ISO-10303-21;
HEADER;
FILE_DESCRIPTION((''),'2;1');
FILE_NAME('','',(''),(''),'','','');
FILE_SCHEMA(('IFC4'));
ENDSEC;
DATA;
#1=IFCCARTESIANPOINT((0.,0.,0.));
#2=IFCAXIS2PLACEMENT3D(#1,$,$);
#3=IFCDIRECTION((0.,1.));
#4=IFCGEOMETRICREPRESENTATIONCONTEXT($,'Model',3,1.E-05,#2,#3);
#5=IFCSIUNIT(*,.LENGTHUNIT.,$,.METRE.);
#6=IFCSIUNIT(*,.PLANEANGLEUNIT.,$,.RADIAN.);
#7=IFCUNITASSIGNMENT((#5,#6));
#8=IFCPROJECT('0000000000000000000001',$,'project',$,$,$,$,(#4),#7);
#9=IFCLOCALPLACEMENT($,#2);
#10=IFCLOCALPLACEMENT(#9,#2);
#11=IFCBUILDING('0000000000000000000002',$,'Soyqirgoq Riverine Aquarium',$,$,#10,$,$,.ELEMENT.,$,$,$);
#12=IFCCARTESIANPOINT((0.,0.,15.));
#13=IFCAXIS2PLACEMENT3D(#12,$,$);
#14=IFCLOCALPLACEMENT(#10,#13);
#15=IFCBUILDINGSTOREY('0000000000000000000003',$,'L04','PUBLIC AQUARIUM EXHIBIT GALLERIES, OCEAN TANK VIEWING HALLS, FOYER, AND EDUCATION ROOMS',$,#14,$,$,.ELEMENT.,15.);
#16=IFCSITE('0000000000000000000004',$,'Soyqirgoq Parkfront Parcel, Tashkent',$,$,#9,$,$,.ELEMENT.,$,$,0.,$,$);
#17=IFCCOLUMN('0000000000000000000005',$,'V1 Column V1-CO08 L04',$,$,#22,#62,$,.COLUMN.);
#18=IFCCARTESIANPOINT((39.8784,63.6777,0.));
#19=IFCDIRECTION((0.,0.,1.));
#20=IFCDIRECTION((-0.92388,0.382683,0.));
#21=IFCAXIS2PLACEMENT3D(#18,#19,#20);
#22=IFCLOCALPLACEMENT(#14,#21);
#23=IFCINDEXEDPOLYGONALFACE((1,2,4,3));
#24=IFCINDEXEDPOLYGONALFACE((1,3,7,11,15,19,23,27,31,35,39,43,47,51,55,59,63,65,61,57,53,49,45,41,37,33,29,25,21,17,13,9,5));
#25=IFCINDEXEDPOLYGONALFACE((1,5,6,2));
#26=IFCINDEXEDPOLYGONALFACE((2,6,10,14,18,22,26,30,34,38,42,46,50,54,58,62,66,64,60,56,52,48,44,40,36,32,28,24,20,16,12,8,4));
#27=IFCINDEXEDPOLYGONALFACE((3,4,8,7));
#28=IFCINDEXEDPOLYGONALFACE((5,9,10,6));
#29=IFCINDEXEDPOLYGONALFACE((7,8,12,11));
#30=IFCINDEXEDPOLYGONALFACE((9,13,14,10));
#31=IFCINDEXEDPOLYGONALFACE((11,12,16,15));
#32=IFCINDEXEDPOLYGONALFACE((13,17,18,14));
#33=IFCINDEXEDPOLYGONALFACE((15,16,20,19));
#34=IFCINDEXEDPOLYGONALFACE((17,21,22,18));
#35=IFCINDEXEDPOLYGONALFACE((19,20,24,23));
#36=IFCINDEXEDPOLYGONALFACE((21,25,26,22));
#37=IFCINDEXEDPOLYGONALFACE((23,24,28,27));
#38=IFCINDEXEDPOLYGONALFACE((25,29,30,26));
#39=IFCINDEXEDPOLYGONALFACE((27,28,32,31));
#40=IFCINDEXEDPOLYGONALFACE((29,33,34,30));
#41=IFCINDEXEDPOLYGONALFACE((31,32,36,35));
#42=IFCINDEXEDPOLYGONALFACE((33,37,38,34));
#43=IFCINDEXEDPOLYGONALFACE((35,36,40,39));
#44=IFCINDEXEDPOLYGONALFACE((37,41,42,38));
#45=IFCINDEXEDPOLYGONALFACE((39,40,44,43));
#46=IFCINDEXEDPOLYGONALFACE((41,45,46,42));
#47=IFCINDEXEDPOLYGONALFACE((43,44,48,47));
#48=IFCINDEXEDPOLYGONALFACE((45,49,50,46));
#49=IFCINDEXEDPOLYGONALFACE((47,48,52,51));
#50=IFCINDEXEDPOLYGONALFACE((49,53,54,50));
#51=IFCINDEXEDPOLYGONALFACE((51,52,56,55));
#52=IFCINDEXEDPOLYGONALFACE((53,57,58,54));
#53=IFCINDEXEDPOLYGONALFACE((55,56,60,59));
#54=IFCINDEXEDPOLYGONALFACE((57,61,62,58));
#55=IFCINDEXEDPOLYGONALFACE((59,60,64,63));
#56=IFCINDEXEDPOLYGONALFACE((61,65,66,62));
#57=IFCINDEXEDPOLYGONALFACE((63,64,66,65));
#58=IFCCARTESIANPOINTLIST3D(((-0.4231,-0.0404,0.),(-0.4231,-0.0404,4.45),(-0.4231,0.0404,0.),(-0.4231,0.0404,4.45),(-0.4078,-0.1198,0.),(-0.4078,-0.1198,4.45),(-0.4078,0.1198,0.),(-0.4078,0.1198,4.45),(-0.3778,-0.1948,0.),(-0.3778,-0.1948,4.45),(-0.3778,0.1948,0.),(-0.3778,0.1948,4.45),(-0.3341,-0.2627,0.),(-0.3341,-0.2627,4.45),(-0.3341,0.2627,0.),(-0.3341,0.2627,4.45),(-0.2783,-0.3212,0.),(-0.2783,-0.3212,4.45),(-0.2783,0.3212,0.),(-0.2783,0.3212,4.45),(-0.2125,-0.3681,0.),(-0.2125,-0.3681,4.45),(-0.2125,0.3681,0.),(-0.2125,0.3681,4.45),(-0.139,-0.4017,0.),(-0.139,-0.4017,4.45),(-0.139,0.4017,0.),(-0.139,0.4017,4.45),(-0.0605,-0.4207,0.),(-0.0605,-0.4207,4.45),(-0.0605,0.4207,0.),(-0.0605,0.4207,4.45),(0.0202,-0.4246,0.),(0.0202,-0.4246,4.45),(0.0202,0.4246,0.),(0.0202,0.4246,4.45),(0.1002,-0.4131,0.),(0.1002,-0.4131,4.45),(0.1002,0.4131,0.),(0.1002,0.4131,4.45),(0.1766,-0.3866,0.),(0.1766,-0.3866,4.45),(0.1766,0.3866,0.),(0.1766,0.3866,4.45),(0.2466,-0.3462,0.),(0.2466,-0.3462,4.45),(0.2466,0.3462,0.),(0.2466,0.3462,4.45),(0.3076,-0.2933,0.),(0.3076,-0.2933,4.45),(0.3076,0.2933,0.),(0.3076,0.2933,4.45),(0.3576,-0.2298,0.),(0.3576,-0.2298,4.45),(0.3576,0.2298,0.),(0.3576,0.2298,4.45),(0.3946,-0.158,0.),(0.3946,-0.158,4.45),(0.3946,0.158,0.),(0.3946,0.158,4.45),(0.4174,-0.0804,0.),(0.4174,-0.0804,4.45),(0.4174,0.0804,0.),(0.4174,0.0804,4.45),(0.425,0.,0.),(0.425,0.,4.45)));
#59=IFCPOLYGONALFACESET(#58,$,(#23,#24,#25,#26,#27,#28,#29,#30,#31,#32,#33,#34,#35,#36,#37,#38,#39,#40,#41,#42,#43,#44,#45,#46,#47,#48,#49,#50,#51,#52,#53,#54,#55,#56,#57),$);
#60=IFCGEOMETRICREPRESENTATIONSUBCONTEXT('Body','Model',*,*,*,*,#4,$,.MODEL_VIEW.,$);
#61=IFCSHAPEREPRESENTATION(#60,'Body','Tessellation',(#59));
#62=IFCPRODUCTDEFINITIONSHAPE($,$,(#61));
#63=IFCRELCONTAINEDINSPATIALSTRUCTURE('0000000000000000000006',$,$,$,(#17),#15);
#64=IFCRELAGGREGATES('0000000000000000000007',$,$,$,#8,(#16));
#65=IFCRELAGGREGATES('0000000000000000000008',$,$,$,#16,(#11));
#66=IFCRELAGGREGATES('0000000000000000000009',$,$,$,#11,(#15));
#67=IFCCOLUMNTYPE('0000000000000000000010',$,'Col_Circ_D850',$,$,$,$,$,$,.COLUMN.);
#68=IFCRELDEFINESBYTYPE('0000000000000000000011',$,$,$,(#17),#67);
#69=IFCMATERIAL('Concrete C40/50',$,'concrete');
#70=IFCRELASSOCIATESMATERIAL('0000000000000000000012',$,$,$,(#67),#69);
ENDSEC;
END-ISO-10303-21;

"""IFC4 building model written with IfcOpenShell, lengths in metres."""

from ifc_helpers import new_model, si_unit, direction, frame, origin, origin_2d, place, context, subcontext, project, spatial, circle, extrude, material, material_profile, profile_set, type_object, element, save


model = new_model("IFC4")

# Units and contexts
model_context = context("Model", 3, precision=1e-05, world=origin(), true_north=direction((0.0, 1.0)))
body_context = subcontext(model_context, "Body", "Model", "MODEL_VIEW")
ifc_project = project(units=[si_unit("LENGTHUNIT", "METRE"), si_unit("PLANEANGLEUNIT", "RADIAN")], contexts=[model_context])

# Site, building, storey
site_placement = place(None, origin())
site = spatial("IfcSite", under=ifc_project, at=site_placement, Name="Soyqirgoq Parkfront Parcel, Tashkent", CompositionType="ELEMENT", RefElevation=0.0)
building_placement = place(site_placement, origin())
building = spatial("IfcBuilding", under=site, at=building_placement, Name="Soyqirgoq Riverine Aquarium", CompositionType="ELEMENT")
storey_placement = place(building_placement, frame((0.0, 0.0, 15.0)))
storey = spatial("IfcBuildingStorey", under=building, at=storey_placement, Name="L04", Description="PUBLIC AQUARIUM EXHIBIT GALLERIES, OCEAN TANK VIEWING HALLS, FOYER, AND EDUCATION ROOMS", CompositionType="ELEMENT", Elevation=15.0)

# Column
ifc_material_1 = material(Name="Concrete C40/50", Category="concrete")
ifc_material_profile_1 = material_profile(ifc_material_1, circle(Radius=0.425, at=origin_2d()), Name="RC-COL D850")
ifc_profile_set_1 = profile_set([ifc_material_profile_1], Name="Concrete C40/50")
column_type = type_object("IfcColumnType", Name="Col_Circ_D850", PredefinedType="COLUMN", material=ifc_profile_set_1)
column_placement = place(storey_placement, frame((39.8784, 63.6777, 0.0), z_axis=(0.0, 0.0, 1.0), x_axis=(-0.92388, 0.382683, 0.0)))
element("IfcColumn", 1, at=column_placement, inside=storey, type_object=column_type, Name="V1 Column V1-CO08 L04", PredefinedType="COLUMN", context=body_context, shape_type="SweptSolid", body=[
    extrude(circle(Radius=0.425, at=origin_2d()), origin(), (0.0, 0.0, 1.0), 4.45),
])

save(model, "model.ifc")
